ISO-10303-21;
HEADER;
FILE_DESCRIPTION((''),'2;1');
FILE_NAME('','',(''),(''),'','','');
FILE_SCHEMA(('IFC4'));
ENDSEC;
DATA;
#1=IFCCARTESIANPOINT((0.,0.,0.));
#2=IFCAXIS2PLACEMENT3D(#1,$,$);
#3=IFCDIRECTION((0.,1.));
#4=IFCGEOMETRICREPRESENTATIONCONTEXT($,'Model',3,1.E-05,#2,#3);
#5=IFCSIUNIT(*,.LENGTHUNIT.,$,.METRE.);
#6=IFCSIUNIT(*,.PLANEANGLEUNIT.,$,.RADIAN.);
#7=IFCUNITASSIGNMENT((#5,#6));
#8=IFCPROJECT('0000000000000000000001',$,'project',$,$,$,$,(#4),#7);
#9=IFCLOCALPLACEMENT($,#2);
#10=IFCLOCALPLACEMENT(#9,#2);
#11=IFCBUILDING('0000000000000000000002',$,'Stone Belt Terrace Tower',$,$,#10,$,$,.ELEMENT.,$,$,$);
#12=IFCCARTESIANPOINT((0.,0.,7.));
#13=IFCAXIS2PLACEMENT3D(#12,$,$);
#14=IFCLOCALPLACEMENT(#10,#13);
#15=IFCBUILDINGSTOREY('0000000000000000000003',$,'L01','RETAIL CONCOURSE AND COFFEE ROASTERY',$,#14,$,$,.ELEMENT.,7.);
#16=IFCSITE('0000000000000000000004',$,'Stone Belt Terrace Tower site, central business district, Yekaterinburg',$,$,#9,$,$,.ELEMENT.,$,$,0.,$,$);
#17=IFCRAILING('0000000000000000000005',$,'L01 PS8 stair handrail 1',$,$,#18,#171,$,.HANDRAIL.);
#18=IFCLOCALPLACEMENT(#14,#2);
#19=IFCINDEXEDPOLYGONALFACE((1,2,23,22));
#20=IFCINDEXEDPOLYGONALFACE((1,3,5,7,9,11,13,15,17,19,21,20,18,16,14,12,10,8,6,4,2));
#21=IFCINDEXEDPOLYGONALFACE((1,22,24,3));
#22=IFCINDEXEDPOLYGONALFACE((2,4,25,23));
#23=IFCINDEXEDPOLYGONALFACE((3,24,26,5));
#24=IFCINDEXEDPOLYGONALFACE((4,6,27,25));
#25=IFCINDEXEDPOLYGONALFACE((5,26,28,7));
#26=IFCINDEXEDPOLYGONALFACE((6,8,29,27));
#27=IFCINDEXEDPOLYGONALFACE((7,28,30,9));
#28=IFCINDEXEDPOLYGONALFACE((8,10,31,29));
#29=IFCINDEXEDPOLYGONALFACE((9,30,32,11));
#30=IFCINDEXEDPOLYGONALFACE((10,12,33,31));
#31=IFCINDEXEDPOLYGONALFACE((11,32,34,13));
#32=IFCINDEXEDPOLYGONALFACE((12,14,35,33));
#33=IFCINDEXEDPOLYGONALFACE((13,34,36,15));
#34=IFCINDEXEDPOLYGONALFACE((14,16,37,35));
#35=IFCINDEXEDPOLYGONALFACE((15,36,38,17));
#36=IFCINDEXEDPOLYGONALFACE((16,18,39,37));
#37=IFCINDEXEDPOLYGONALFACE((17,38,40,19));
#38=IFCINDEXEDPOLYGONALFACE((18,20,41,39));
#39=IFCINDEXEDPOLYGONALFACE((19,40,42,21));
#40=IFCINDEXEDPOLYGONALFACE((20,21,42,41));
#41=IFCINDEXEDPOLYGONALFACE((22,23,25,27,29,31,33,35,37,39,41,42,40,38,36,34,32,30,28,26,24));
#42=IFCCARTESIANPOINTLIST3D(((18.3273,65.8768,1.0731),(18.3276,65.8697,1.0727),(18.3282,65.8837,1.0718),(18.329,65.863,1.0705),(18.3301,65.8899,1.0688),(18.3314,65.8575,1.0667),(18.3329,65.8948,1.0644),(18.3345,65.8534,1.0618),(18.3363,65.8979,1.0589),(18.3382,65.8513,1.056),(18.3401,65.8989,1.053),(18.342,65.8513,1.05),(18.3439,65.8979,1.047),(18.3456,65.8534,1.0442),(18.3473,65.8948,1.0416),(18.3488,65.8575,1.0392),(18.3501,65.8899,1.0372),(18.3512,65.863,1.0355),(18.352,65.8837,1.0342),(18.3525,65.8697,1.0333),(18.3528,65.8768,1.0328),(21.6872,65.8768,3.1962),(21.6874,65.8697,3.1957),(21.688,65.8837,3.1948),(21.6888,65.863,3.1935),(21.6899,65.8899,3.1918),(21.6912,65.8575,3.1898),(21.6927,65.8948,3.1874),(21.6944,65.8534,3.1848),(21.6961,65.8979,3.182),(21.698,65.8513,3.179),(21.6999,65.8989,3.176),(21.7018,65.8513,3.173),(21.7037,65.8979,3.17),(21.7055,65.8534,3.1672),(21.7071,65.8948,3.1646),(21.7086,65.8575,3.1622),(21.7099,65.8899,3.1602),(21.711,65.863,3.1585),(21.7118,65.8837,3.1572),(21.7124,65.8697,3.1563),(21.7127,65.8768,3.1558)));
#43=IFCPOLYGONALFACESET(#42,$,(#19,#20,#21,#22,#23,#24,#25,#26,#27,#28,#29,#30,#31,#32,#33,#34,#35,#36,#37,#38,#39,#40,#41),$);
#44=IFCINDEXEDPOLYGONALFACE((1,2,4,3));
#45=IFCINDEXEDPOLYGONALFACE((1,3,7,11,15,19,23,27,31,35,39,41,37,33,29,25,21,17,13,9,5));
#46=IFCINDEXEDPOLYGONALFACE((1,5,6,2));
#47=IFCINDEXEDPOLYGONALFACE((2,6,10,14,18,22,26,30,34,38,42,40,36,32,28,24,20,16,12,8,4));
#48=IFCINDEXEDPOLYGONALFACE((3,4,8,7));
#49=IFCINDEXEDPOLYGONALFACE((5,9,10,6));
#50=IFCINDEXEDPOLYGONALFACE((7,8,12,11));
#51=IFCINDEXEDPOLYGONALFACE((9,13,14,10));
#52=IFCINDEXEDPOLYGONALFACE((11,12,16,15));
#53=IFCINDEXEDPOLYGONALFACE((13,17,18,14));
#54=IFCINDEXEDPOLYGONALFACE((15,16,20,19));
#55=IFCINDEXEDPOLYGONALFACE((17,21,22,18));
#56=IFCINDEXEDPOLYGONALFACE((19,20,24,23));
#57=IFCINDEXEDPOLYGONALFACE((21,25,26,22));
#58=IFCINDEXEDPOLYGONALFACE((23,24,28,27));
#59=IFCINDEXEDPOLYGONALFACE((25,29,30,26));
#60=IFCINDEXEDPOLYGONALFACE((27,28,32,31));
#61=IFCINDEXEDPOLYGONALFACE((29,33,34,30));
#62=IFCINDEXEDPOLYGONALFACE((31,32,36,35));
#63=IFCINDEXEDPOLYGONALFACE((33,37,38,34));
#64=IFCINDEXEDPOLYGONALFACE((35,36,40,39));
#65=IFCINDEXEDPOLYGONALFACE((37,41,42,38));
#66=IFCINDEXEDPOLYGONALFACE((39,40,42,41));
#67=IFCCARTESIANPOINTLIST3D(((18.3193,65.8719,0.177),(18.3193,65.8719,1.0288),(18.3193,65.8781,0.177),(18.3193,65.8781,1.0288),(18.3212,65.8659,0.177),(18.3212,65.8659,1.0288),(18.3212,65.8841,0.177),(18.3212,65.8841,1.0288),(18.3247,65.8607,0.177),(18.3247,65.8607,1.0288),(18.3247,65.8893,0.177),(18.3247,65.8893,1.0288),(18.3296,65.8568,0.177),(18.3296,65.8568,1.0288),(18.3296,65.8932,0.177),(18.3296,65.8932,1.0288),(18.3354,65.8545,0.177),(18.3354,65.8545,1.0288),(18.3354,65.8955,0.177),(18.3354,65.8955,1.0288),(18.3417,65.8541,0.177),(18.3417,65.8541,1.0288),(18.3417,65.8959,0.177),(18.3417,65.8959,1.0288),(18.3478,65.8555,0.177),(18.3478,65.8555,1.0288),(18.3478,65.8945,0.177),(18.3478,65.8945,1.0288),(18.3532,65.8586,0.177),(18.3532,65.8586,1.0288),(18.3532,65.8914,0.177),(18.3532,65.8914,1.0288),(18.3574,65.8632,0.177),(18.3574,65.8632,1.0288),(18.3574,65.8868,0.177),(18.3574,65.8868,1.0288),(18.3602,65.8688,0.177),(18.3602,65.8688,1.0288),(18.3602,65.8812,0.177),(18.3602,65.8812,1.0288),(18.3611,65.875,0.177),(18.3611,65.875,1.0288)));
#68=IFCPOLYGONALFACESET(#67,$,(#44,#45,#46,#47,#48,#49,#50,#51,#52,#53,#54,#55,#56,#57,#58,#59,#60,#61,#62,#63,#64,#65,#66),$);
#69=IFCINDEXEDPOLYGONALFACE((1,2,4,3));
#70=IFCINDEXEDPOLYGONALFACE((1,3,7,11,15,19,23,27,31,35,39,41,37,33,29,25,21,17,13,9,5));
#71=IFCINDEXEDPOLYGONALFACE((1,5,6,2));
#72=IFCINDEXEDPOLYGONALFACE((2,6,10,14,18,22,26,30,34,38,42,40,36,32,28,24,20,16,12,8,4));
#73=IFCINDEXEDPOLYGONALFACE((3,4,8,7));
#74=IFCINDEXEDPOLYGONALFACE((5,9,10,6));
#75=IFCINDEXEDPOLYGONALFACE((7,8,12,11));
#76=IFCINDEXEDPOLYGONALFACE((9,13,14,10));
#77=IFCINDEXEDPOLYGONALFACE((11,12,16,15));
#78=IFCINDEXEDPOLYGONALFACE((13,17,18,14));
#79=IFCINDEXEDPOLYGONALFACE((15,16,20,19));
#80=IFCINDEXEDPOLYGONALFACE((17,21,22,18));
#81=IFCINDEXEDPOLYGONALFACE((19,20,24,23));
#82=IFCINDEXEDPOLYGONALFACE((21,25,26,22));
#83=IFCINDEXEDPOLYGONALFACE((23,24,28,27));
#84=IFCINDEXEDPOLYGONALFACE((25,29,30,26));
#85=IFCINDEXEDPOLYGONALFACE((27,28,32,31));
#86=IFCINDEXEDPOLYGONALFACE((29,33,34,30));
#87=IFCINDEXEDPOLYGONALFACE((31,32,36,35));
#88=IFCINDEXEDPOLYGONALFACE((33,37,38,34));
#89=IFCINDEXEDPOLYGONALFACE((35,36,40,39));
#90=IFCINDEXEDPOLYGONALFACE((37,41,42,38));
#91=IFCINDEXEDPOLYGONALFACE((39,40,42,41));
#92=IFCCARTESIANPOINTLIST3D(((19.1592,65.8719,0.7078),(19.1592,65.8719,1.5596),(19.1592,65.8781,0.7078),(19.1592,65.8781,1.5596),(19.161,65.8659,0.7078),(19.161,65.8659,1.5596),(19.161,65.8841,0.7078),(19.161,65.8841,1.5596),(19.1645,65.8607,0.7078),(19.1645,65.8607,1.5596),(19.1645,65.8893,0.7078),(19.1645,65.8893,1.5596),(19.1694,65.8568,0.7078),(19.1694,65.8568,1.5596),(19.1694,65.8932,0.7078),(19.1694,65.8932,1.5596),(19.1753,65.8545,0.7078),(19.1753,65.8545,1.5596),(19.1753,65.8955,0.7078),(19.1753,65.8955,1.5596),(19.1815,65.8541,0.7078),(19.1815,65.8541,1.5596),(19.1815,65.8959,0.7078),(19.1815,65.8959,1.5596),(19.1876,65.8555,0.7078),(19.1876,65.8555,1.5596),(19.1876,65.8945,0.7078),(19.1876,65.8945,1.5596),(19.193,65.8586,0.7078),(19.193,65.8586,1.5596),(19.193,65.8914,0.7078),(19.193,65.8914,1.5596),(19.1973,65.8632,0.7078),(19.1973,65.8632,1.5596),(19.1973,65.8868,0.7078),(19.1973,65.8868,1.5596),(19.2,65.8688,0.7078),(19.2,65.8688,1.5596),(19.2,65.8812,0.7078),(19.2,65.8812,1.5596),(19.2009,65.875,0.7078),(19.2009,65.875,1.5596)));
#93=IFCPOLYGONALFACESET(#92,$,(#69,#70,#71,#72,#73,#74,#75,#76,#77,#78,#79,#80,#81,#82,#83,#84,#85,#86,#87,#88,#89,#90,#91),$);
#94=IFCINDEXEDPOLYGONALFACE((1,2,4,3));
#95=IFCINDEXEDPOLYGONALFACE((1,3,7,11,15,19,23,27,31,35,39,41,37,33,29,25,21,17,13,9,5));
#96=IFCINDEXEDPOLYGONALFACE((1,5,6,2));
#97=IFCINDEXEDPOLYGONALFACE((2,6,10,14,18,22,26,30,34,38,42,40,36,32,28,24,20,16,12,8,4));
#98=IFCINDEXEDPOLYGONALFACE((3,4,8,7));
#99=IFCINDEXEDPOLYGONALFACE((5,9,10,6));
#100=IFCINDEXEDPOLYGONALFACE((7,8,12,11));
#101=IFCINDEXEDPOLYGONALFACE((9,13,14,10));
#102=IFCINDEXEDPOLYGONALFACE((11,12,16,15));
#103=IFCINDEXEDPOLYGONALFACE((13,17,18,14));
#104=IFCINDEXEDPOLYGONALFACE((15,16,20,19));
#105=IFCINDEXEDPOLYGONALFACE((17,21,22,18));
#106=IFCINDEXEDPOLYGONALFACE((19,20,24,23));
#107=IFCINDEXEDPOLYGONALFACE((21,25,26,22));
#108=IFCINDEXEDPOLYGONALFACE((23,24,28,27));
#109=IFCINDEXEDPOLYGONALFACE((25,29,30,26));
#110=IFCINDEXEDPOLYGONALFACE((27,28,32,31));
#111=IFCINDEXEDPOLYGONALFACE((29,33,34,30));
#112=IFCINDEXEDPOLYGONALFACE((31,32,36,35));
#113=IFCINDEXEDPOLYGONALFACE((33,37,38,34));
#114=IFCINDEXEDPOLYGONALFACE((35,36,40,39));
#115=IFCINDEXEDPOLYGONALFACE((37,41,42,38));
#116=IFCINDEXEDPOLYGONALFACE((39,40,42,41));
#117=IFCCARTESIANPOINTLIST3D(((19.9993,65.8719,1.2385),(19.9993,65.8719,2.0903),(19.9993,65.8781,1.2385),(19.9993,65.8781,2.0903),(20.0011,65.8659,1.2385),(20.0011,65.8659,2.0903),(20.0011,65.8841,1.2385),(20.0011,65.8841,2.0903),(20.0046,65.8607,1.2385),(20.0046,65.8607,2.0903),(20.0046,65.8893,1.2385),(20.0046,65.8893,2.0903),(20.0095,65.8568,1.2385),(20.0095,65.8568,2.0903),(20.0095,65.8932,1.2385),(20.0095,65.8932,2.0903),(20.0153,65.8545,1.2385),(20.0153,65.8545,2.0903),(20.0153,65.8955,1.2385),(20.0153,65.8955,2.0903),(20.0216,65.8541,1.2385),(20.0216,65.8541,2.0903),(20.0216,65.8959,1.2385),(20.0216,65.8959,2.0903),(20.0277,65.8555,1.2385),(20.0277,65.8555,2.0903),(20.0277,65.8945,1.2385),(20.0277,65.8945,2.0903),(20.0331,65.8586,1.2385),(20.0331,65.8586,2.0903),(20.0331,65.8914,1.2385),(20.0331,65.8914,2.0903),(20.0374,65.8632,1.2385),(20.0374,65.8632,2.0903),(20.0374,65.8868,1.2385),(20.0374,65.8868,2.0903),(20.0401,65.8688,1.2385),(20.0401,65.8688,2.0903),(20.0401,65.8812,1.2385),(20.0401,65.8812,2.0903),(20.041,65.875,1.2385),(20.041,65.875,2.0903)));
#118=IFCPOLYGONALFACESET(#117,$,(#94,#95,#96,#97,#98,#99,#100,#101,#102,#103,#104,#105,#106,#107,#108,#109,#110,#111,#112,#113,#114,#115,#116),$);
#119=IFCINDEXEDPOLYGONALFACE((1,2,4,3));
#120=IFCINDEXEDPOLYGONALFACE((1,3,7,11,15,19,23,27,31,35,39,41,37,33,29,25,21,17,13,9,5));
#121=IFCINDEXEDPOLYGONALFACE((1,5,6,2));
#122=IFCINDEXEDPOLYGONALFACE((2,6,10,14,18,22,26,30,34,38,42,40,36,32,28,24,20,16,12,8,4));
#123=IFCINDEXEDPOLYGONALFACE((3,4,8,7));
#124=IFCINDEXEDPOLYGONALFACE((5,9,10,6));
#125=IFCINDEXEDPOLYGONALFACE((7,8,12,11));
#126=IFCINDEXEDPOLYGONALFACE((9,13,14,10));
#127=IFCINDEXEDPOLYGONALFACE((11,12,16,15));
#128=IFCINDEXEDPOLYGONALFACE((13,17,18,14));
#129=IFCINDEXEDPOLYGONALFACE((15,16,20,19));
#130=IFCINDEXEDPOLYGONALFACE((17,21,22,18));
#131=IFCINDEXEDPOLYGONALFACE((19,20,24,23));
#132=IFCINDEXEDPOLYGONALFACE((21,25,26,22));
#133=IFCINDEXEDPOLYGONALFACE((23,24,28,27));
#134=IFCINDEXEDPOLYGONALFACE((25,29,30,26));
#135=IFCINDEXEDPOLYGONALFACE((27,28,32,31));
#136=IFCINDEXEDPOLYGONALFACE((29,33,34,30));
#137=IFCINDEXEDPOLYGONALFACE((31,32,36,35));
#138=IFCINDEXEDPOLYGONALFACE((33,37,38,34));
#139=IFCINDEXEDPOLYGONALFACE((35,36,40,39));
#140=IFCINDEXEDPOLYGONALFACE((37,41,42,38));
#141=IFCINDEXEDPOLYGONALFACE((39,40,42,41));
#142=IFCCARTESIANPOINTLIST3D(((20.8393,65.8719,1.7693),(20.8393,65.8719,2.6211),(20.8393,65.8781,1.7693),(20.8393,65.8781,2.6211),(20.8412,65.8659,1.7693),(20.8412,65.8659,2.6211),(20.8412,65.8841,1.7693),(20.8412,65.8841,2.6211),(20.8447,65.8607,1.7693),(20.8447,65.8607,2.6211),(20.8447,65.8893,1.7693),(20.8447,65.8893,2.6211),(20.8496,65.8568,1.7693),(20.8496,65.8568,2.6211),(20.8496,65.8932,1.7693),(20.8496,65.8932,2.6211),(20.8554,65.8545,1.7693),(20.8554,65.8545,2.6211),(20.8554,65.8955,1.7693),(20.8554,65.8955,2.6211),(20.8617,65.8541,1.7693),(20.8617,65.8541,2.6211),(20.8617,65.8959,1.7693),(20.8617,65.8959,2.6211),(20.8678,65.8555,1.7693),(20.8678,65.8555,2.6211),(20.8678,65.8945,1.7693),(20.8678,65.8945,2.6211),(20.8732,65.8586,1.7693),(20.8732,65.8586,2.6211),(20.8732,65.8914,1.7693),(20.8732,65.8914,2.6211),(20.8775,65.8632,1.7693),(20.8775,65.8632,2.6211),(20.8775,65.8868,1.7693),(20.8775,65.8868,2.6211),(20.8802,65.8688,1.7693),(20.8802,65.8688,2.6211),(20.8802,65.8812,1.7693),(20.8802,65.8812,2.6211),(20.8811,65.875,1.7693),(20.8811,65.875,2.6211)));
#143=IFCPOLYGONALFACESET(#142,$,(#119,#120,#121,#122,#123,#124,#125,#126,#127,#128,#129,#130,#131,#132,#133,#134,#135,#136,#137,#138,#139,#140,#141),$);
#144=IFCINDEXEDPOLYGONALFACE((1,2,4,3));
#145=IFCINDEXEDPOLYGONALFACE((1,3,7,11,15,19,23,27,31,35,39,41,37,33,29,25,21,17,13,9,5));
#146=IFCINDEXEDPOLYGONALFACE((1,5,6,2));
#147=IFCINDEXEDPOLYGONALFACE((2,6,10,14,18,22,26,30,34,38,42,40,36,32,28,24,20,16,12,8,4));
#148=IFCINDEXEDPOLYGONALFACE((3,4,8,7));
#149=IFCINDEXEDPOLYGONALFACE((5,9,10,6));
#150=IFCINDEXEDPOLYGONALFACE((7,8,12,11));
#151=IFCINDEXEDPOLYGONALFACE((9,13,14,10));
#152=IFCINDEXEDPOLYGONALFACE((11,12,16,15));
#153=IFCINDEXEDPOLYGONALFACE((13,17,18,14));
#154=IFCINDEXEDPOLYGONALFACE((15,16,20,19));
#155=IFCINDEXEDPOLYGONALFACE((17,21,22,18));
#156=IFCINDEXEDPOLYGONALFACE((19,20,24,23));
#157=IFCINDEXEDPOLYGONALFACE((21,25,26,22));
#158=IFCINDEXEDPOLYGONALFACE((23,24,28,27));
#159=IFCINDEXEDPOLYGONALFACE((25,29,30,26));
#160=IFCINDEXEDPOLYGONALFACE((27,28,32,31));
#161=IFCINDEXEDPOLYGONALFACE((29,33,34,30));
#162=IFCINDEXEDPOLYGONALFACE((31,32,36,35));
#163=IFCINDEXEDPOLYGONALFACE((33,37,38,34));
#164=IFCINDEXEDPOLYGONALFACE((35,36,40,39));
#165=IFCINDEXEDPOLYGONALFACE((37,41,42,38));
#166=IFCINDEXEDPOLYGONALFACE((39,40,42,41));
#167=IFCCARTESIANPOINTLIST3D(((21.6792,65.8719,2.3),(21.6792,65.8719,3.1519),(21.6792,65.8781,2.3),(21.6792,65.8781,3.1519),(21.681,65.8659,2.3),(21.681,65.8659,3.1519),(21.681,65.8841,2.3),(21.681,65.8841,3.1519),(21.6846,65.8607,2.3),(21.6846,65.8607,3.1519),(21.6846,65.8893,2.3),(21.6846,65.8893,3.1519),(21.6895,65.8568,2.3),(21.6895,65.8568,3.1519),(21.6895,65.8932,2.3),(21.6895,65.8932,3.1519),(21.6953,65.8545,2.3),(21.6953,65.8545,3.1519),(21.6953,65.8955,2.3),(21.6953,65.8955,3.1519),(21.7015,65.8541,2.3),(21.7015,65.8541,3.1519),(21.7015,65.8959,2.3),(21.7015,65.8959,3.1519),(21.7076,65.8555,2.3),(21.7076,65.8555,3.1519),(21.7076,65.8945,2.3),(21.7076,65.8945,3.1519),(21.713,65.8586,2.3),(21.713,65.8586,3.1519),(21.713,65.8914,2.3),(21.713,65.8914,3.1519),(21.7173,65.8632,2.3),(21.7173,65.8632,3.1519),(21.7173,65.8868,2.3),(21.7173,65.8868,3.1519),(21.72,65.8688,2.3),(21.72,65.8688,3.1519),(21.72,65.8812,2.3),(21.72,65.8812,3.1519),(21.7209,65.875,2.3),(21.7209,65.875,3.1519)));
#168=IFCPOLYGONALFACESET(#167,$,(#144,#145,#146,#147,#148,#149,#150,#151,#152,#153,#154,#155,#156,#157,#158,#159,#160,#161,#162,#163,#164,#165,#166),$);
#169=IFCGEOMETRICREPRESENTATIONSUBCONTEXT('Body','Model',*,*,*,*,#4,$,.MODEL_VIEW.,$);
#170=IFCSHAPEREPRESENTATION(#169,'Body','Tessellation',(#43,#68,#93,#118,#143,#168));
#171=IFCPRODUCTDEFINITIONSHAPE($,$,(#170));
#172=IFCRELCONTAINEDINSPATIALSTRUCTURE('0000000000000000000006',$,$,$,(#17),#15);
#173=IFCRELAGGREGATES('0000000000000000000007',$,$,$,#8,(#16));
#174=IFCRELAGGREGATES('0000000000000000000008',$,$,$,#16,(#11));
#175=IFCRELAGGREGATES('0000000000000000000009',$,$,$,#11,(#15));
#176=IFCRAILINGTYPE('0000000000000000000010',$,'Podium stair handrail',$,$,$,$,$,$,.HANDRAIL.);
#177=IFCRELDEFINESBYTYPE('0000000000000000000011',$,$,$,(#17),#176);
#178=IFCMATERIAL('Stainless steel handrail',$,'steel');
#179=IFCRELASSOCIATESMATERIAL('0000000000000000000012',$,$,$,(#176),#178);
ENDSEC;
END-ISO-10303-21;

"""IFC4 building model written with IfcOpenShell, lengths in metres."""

from ifc_helpers import new_model, si_unit, direction, frame, origin, origin_2d, place, context, subcontext, project, spatial, circle, extrude, material, type_object, element, save


model = new_model("IFC4")

# Units and contexts
model_context = context("Model", 3, precision=1e-05, world=origin(), true_north=direction((0.0, 1.0)))
body_context = subcontext(model_context, "Body", "Model", "MODEL_VIEW")
ifc_project = project(units=[si_unit("LENGTHUNIT", "METRE"), si_unit("PLANEANGLEUNIT", "RADIAN")], contexts=[model_context])

# Site, building, storey
site_placement = place(None, origin())
site = spatial("IfcSite", under=ifc_project, at=site_placement, Name="Stone Belt Terrace Tower site, central business district, Yekaterinburg", CompositionType="ELEMENT", RefElevation=0.0)
building_placement = place(site_placement, origin())
building = spatial("IfcBuilding", under=site, at=building_placement, Name="Stone Belt Terrace Tower", CompositionType="ELEMENT")
storey_placement = place(building_placement, frame((0.0, 0.0, 7.0)))
storey = spatial("IfcBuildingStorey", under=building, at=storey_placement, Name="L01", Description="RETAIL CONCOURSE AND COFFEE ROASTERY", CompositionType="ELEMENT", Elevation=7.0)

# Railing
ifc_material_1 = material(Name="Stainless steel handrail", Category="steel")
railing_type_1 = type_object("IfcRailingType", Name="Podium stair handrail", PredefinedType="HANDRAIL", material=ifc_material_1)
railing_1_placement = place(storey_placement, frame((18.3401, 65.875, 0.177)))
element("IfcRailing", 1, at=railing_1_placement, inside=storey, type_object=railing_type_1, Name="L01 PS8 stair handrail 1", PredefinedType="HANDRAIL", context=body_context, shape_type="SweptSolid", body=[
    extrude(circle(Radius=0.0239, at=origin_2d()), frame((0.0, 0.0, 0.876), z_axis=(0.845372, 0.0, 0.534178), x_axis=(0.0, 1.0, 0.0)), (0.0, 0.0, 1.0), 3.9744),
    extrude(circle(Radius=0.021, at=origin_2d()), origin(), (0.0, 0.0, 1.0), 0.8518),
    extrude(circle(Radius=0.021, at=origin_2d()), frame((0.8398, 0.0, 0.5308)), (0.0, 0.0, 1.0), 0.8518),
    extrude(circle(Radius=0.021, at=origin_2d()), frame((1.6799, 0.0, 1.0615)), (0.0, 0.0, 1.0), 0.8518),
    extrude(circle(Radius=0.021, at=origin_2d()), frame((2.52, 0.0, 1.5923)), (0.0, 0.0, 1.0), 0.8518),
    extrude(circle(Radius=0.021, at=origin_2d()), frame((3.3599, 0.0, 2.123)), (0.0, 0.0, 1.0), 0.8518),
])

save(model, "model.ifc")
